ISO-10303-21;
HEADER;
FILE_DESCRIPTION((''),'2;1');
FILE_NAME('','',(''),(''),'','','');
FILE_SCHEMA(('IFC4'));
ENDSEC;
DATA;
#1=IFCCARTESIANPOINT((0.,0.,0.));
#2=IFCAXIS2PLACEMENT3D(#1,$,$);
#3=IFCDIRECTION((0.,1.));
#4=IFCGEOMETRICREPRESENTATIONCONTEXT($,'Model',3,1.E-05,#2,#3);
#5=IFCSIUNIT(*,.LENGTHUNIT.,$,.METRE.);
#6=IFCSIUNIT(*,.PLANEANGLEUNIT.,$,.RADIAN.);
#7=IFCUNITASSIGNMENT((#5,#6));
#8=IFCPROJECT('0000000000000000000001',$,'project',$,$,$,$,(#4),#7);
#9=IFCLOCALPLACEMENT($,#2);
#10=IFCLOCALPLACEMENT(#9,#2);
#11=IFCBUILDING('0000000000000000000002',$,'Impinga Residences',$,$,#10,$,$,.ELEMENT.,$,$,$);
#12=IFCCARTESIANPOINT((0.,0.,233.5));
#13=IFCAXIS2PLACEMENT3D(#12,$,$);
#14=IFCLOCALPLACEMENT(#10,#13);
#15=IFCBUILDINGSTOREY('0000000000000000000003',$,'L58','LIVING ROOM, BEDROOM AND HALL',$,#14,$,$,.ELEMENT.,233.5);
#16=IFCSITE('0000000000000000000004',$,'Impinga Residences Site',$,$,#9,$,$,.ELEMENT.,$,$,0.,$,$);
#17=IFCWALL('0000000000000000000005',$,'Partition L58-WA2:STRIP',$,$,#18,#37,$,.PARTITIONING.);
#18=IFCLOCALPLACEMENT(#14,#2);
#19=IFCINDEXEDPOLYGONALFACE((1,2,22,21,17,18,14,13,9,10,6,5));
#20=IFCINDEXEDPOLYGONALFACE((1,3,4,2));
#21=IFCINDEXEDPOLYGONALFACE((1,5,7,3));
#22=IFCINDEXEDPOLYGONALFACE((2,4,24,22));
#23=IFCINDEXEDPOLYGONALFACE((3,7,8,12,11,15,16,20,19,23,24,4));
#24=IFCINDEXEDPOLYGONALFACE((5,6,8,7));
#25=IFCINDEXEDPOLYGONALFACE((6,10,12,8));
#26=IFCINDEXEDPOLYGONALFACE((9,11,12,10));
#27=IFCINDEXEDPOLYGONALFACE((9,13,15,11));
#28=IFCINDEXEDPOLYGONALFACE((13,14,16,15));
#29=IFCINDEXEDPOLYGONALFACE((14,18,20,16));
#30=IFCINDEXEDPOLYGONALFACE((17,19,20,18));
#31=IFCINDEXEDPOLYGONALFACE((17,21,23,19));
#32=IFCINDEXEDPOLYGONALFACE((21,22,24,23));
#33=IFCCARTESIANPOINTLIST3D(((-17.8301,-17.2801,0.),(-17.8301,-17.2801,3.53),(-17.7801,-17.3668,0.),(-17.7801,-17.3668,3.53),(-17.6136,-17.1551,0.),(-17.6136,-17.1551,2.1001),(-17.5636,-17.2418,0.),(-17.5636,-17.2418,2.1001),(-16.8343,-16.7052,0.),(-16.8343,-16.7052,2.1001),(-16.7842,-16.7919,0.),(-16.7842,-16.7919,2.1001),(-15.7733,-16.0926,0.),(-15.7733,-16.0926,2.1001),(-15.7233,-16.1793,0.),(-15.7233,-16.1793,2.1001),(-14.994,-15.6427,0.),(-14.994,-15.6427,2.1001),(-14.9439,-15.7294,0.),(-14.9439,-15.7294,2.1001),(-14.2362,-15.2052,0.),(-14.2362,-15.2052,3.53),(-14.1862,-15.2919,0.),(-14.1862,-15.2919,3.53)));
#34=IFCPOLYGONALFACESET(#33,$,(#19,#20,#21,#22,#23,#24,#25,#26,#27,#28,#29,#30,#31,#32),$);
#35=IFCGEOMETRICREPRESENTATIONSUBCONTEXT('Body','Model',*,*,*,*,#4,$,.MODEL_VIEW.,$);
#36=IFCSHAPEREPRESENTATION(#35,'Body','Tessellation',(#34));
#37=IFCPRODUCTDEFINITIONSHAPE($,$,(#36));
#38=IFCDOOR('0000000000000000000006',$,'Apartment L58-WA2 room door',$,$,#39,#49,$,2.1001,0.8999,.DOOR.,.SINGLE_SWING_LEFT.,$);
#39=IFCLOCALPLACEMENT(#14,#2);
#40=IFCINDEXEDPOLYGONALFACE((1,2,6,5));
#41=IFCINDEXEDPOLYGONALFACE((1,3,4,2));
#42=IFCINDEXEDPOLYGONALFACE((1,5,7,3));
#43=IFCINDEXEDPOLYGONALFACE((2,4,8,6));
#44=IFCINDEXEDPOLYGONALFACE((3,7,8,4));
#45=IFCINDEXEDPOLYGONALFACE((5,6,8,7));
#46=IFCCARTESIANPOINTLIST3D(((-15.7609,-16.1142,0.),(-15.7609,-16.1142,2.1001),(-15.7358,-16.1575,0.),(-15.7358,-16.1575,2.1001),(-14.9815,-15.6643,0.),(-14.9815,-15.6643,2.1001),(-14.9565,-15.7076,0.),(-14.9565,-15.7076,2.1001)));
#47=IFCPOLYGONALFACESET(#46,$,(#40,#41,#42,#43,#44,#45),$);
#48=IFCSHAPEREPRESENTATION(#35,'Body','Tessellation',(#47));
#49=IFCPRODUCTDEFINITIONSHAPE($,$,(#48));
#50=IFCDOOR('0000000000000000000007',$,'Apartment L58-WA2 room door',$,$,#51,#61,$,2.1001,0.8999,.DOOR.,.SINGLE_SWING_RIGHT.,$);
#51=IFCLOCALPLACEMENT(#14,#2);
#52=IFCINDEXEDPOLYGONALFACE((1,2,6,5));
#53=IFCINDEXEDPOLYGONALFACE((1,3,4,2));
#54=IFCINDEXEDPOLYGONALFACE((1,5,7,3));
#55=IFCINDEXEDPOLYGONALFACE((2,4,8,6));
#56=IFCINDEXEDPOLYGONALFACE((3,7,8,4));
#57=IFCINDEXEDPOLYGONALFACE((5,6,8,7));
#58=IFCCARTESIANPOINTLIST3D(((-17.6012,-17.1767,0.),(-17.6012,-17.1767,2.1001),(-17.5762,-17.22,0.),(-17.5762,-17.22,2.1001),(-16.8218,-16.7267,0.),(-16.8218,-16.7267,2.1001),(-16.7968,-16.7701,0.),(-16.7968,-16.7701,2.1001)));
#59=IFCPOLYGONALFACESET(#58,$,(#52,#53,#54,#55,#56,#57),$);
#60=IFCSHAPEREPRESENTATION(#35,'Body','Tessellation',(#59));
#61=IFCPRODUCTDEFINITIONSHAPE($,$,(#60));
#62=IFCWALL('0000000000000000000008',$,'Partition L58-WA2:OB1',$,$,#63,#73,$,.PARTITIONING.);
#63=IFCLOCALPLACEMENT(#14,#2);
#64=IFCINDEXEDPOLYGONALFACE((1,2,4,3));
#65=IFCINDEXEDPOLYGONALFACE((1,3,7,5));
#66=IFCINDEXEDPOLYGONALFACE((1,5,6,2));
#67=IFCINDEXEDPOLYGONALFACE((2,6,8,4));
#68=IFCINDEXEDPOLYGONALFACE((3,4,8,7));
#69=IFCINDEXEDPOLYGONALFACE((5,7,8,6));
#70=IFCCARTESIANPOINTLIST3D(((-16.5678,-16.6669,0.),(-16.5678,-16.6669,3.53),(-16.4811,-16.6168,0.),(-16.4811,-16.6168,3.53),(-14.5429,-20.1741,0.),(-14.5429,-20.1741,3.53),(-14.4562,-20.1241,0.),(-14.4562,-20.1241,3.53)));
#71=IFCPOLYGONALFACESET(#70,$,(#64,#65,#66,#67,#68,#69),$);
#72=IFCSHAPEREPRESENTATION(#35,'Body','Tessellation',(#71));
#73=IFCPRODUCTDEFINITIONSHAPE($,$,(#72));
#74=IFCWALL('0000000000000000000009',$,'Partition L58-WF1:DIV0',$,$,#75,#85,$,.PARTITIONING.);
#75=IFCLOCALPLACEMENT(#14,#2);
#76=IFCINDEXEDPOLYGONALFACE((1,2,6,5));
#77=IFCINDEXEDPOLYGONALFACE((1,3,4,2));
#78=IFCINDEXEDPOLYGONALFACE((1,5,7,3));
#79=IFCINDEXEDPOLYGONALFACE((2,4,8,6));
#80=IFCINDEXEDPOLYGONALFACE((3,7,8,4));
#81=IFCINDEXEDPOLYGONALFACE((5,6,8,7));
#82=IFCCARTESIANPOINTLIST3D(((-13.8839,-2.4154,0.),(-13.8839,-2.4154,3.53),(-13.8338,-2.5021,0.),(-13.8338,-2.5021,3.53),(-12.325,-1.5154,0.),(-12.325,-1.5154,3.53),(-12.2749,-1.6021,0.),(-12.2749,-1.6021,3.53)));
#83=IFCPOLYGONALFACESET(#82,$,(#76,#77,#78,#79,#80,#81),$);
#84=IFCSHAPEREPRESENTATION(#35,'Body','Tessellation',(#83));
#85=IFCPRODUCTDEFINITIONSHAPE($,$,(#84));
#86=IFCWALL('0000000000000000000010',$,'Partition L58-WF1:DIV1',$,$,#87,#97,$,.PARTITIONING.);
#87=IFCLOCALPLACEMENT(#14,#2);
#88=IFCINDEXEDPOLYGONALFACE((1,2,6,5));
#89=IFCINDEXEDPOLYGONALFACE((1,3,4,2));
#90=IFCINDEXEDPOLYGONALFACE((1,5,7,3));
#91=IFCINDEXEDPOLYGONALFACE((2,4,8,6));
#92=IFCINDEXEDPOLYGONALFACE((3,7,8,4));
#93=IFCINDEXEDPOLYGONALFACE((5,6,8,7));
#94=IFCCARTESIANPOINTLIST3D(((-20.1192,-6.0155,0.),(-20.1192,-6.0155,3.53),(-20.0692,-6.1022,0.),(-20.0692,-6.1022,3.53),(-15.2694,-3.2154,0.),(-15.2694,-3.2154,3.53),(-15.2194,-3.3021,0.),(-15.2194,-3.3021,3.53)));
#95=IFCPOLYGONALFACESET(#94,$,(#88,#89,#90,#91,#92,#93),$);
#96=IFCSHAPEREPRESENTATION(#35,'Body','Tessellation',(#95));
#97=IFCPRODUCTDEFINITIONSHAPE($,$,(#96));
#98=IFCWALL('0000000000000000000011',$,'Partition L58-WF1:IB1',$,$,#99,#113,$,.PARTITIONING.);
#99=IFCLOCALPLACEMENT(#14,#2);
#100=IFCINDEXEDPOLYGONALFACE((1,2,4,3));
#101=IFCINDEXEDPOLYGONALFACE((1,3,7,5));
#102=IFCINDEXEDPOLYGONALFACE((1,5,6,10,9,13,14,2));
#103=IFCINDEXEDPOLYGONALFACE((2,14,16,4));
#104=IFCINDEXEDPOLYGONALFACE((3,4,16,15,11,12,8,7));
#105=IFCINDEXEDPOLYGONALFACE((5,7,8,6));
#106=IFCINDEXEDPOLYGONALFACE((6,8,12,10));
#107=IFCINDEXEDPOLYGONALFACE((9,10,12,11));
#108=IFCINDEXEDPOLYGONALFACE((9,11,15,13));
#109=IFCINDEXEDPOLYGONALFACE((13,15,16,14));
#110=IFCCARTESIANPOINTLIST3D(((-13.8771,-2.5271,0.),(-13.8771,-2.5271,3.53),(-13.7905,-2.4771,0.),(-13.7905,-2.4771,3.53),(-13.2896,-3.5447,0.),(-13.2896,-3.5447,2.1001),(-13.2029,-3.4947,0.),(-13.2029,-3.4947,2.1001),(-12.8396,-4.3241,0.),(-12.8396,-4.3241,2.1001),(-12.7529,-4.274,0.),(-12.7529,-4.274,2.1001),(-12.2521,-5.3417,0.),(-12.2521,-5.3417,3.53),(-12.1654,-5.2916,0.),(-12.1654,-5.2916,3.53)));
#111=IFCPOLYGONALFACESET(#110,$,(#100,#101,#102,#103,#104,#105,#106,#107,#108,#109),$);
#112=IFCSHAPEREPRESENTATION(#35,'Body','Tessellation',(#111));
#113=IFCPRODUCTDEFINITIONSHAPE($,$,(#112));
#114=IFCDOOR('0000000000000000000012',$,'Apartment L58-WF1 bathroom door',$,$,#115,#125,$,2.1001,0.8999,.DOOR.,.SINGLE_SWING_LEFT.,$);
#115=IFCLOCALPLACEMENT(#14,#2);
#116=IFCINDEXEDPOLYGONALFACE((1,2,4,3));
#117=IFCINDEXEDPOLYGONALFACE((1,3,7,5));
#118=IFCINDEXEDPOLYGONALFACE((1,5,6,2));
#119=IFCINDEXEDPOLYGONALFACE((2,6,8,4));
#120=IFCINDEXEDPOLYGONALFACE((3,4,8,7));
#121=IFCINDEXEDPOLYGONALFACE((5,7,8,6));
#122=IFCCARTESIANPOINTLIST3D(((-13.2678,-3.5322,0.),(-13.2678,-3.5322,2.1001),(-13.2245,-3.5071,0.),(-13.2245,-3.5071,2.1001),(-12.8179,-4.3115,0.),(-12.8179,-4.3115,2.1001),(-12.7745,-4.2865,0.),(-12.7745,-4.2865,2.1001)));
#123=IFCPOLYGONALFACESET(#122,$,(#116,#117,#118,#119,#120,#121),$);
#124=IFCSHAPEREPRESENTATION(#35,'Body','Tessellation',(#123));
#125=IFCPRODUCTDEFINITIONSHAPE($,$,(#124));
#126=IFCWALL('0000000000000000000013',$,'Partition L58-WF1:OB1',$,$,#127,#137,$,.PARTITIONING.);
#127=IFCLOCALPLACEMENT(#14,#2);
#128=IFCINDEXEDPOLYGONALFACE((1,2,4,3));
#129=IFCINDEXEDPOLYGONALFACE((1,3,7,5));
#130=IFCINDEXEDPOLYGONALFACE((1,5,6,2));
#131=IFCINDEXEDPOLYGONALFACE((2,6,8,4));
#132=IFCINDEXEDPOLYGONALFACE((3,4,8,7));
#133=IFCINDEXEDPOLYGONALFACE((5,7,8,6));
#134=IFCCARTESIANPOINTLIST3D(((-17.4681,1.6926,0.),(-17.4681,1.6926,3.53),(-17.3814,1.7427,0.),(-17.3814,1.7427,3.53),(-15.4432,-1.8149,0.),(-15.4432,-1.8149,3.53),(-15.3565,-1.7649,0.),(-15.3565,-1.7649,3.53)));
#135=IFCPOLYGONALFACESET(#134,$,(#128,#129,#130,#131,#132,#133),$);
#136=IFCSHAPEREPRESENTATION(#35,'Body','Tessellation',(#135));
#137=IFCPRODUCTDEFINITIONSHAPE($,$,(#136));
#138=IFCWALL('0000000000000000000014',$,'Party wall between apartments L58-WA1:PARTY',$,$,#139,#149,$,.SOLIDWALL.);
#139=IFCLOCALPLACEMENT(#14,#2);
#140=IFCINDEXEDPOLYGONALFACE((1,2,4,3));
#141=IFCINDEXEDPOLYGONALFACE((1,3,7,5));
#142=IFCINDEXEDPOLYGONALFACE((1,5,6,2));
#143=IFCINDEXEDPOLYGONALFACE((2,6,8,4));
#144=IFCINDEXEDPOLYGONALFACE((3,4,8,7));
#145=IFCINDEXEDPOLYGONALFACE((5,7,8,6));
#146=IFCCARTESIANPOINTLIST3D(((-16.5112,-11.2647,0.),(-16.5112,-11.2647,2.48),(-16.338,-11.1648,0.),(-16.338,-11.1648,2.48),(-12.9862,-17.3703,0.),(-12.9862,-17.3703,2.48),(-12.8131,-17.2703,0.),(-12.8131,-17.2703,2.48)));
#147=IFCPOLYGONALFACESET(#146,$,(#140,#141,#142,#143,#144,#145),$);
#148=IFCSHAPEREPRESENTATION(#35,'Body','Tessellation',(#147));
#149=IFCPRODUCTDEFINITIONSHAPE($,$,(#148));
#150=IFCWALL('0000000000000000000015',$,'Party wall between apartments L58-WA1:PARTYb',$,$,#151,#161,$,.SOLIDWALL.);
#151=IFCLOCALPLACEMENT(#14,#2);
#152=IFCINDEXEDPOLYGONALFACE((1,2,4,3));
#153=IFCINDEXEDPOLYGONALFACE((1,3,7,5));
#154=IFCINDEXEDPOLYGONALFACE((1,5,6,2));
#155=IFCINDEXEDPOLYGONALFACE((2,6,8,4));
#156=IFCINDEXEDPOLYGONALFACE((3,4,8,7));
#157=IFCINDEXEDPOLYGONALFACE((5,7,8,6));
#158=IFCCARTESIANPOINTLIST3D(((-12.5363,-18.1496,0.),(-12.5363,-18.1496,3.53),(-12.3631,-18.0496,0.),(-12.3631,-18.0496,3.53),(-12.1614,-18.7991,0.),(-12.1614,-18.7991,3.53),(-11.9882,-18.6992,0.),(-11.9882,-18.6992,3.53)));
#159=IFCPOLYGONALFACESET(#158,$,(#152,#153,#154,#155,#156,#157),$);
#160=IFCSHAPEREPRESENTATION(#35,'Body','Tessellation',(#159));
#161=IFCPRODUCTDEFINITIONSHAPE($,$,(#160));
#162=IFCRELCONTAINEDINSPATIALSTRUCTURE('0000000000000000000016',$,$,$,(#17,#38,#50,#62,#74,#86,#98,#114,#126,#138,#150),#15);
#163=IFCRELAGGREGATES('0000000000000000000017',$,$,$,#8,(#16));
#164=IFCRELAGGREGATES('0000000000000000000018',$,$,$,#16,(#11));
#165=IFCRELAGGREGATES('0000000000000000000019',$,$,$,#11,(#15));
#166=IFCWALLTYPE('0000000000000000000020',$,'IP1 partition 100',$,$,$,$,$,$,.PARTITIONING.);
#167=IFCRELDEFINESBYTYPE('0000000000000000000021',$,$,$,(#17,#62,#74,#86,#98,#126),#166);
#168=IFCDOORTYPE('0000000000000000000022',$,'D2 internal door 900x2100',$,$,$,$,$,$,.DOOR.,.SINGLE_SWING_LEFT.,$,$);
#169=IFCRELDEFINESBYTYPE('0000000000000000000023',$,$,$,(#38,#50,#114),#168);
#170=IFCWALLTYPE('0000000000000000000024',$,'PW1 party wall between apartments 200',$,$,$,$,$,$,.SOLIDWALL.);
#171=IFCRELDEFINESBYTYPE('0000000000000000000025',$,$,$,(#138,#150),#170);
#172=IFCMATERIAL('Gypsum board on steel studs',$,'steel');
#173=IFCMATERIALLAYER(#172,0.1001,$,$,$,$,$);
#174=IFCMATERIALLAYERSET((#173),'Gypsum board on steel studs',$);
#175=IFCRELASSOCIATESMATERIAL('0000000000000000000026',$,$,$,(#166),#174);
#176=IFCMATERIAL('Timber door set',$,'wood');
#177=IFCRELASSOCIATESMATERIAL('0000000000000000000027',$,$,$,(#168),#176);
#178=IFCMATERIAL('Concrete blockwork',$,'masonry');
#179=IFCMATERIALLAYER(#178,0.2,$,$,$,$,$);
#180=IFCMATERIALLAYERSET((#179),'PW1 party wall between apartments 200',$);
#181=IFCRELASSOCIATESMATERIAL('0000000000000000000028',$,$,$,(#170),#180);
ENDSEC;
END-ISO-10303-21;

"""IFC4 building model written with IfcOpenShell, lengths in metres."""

from ifc_helpers import new_model, si_unit, direction, frame, frame_2d, origin, place, context, subcontext, project, spatial, rectangle, extrude, material, layer, layer_set, type_object, element, fill, save


model = new_model("IFC4")

# Units and contexts
model_context = context("Model", 3, precision=1e-05, world=origin(), true_north=direction((0.0, 1.0)))
body_context = subcontext(model_context, "Body", "Model", "MODEL_VIEW")
ifc_project = project(units=[si_unit("LENGTHUNIT", "METRE"), si_unit("PLANEANGLEUNIT", "RADIAN")], contexts=[model_context])

# Site, building, storey
site_placement = place(None, origin())
site = spatial("IfcSite", under=ifc_project, at=site_placement, Name="Impinga Residences Site", CompositionType="ELEMENT", RefElevation=0.0)
building_placement = place(site_placement, origin())
building = spatial("IfcBuilding", under=site, at=building_placement, Name="Impinga Residences", CompositionType="ELEMENT")
storey_placement = place(building_placement, frame((0.0, 0.0, 233.5)))
storey = spatial("IfcBuildingStorey", under=building, at=storey_placement, Name="L58", Description="LIVING ROOM, BEDROOM AND HALL", CompositionType="ELEMENT", Elevation=233.5)

# Shared definitions
ifc_material_1 = material(Name="Gypsum board on steel studs", Category="steel")
ifc_layer_1 = layer(ifc_material_1, 0.1001)
ifc_layer_set_1 = layer_set([ifc_layer_1], Name="Gypsum board on steel studs")
wall_type_1 = type_object("IfcWallType", Name="IP1 partition 100", PredefinedType="PARTITIONING", material=ifc_layer_set_1)

# Shared definitions
ifc_material_2 = material(Name="Timber door set", Category="wood")
door_type = type_object("IfcDoorType", Name="D2 internal door 900x2100", OperationType="SINGLE_SWING_LEFT", PredefinedType="DOOR", material=ifc_material_2)

# Wall, openings, doors
wall_1_placement = place(storey_placement, frame((-14.2112, -15.2485, 0.0), z_axis=(0.0, 0.0, 1.0), x_axis=(-0.86603, -0.499992, 0.0)))
wall_1 = element("IfcWall", 1, at=wall_1_placement, inside=storey, type_object=wall_type_1, Name="Partition L58-WA2:STRIP", PredefinedType="PARTITIONING", context=body_context, shape_type="SweptSolid", body=[
    extrude(rectangle(XDim=4.1499, YDim=0.1001, at=frame_2d((2.075, 0.0))), origin(), (0.0, 0.0, 1.0), 3.53),
])
opening_1_placement = place(wall_1_placement, frame((0.875, 0.0, 0.0)))
opening_1 = element("IfcOpeningElement", 2, at=opening_1_placement, cuts=wall_1, PredefinedType="OPENING", context=body_context, shape_type="SweptSolid", body=[
    extrude(rectangle(XDim=0.8999, YDim=2.1001, at=frame_2d((0.45, 1.05))), frame((0.0, 0.0601, 0.0), z_axis=(0.0, -1.0, 0.0), x_axis=(1.0, 0.0, 0.0)), (0.0, 0.0, 1.0), 0.1201),
])
opening_2_placement = place(wall_1_placement, frame((3.0, 0.0, 0.0)))
opening_2 = element("IfcOpeningElement", 3, at=opening_2_placement, cuts=wall_1, PredefinedType="OPENING", context=body_context, shape_type="SweptSolid", body=[
    extrude(rectangle(XDim=0.8999, YDim=2.1001, at=frame_2d((0.45, 1.05))), frame((0.0, 0.0601, 0.0), z_axis=(0.0, -1.0, 0.0), x_axis=(1.0, 0.0, 0.0)), (0.0, 0.0, 1.0), 0.1201),
])
door_1_placement = place(opening_1_placement, origin())
door_1 = element("IfcDoor", 4, at=door_1_placement, inside=storey, type_object=door_type, Name="Apartment L58-WA2 room door", OperationType="SINGLE_SWING_LEFT", OverallHeight=2.1001, OverallWidth=0.8999, PredefinedType="DOOR", context=body_context, shape_type="SweptSolid", body=[
    extrude(rectangle(XDim=0.8999, YDim=2.1001, at=frame_2d((0.45, 1.05))), frame((0.0, 0.0249, 0.0), z_axis=(0.0, -1.0, 0.0), x_axis=(1.0, 0.0, 0.0)), (0.0, 0.0, 1.0), 0.05),
])
fill(opening_1, door_1)
door_2_placement = place(opening_2_placement, origin())
door_2 = element("IfcDoor", 5, at=door_2_placement, inside=storey, type_object=door_type, Name="Apartment L58-WA2 room door", OperationType="SINGLE_SWING_RIGHT", OverallHeight=2.1001, OverallWidth=0.8999, PredefinedType="DOOR", context=body_context, shape_type="SweptSolid", body=[
    extrude(rectangle(XDim=0.8999, YDim=2.1001, at=frame_2d((0.45, 1.05))), frame((0.0, 0.0249, 0.0), z_axis=(0.0, -1.0, 0.0), x_axis=(1.0, 0.0, 0.0)), (0.0, 0.0, 1.0), 0.05),
])
fill(opening_2, door_2)

# Walls
wall_2_placement = place(storey_placement, frame((-16.5244, -16.6418, 0.0), z_axis=(0.0, 0.0, 1.0), x_axis=(0.49999, -0.866031, 0.0)))
element("IfcWall", 6, at=wall_2_placement, inside=storey, type_object=wall_type_1, Name="Partition L58-WA2:OB1", PredefinedType="PARTITIONING", context=body_context, shape_type="SweptSolid", body=[
    extrude(rectangle(XDim=4.0498, YDim=0.1001, at=frame_2d((2.0249, 0.0))), origin(), (0.0, 0.0, 1.0), 3.53),
])
wall_3_placement = place(storey_placement, frame((-12.3, -1.5588, 0.0), z_axis=(0.0, 0.0, 1.0), x_axis=(-0.866048, -0.499961, 0.0)))
element("IfcWall", 7, at=wall_3_placement, inside=storey, type_object=wall_type_1, Name="Partition L58-WF1:DIV0", PredefinedType="PARTITIONING", context=body_context, shape_type="SweptSolid", body=[
    extrude(rectangle(XDim=1.8, YDim=0.1001, at=frame_2d((0.8999, 0.0))), origin(), (0.0, 0.0, 1.0), 3.53),
])
wall_4_placement = place(storey_placement, frame((-15.2444, -3.2588, 0.0), z_axis=(0.0, 0.0, 1.0), x_axis=(-0.866027, -0.499998, 0.0)))
element("IfcWall", 8, at=wall_4_placement, inside=storey, type_object=wall_type_1, Name="Partition L58-WF1:DIV1", PredefinedType="PARTITIONING", context=body_context, shape_type="SweptSolid", body=[
    extrude(rectangle(XDim=5.6001, YDim=0.1001, at=frame_2d((2.8, 0.0))), origin(), (0.0, 0.0, 1.0), 3.53),
])

# Wall, opening, door
wall_5_placement = place(storey_placement, frame((-12.2087, -5.3167, 0.0), z_axis=(0.0, 0.0, 1.0), x_axis=(-0.500017, 0.866015, 0.0)))
wall_5 = element("IfcWall", 9, at=wall_5_placement, inside=storey, type_object=wall_type_1, Name="Partition L58-WF1:IB1", PredefinedType="PARTITIONING", context=body_context, shape_type="SweptSolid", body=[
    extrude(rectangle(XDim=3.25, YDim=0.1001, at=frame_2d((1.625, 0.0))), origin(), (0.0, 0.0, 1.0), 3.53),
])
opening_3_placement = place(wall_5_placement, frame((1.175, 0.0, 0.0)))
opening_3 = element("IfcOpeningElement", 10, at=opening_3_placement, cuts=wall_5, PredefinedType="OPENING", context=body_context, shape_type="SweptSolid", body=[
    extrude(rectangle(XDim=0.8999, YDim=2.1001, at=frame_2d((0.45, 1.05))), frame((0.0, 0.0601, 0.0), z_axis=(0.0, -1.0, 0.0), x_axis=(1.0, 0.0, 0.0)), (0.0, 0.0, 1.0), 0.1201),
])
door_3_placement = place(opening_3_placement, origin())
door_3 = element("IfcDoor", 11, at=door_3_placement, inside=storey, type_object=door_type, Name="Apartment L58-WF1 bathroom door", OperationType="SINGLE_SWING_LEFT", OverallHeight=2.1001, OverallWidth=0.8999, PredefinedType="DOOR", context=body_context, shape_type="SweptSolid", body=[
    extrude(rectangle(XDim=0.8999, YDim=2.1001, at=frame_2d((0.45, 1.05))), frame((0.0, 0.0249, 0.0), z_axis=(0.0, -1.0, 0.0), x_axis=(1.0, 0.0, 0.0)), (0.0, 0.0, 1.0), 0.05),
])
fill(opening_3, door_3)

# Walls
wall_6_placement = place(storey_placement, frame((-15.3999, -1.7898, 0.0), z_axis=(0.0, 0.0, 1.0), x_axis=(-0.499964, 0.866046, 0.0)))
element("IfcWall", 12, at=wall_6_placement, inside=storey, type_object=wall_type_1, Name="Partition L58-WF1:OB1", PredefinedType="PARTITIONING", context=body_context, shape_type="SweptSolid", body=[
    extrude(rectangle(XDim=4.05, YDim=0.1001, at=frame_2d((2.0249, 0.0))), origin(), (0.0, 0.0, 1.0), 3.53),
])
ifc_material_3 = material(Name="Concrete blockwork", Category="masonry")
ifc_layer_2 = layer(ifc_material_3, 0.2)
ifc_layer_set_2 = layer_set([ifc_layer_2], Name="PW1 party wall between apartments 200")
wall_type_2 = type_object("IfcWallType", Name="PW1 party wall between apartments 200", PredefinedType="SOLIDWALL", material=ifc_layer_set_2)
wall_7_placement = place(storey_placement, frame((-16.4246, -11.2148, 0.0), z_axis=(0.0, 0.0, 1.0), x_axis=(0.49999, -0.866031, 0.0)))
element("IfcWall", 13, at=wall_7_placement, inside=storey, type_object=wall_type_2, Name="Party wall between apartments L58-WA1:PARTY", PredefinedType="SOLIDWALL", context=body_context, shape_type="SweptSolid", body=[
    extrude(rectangle(XDim=7.05, YDim=0.2, at=frame_2d((3.5249, 0.0))), origin(), (0.0, 0.0, 1.0), 2.48),
])
wall_8_placement = place(storey_placement, frame((-12.4497, -18.0996, 0.0), z_axis=(0.0, 0.0, 1.0), x_axis=(0.49992, -0.866072, 0.0)))
element("IfcWall", 14, at=wall_8_placement, inside=storey, type_object=wall_type_2, Name="Party wall between apartments L58-WA1:PARTYb", PredefinedType="SOLIDWALL", context=body_context, shape_type="SweptSolid", body=[
    extrude(rectangle(XDim=0.75, YDim=0.2, at=frame_2d((0.375, 0.0))), origin(), (0.0, 0.0, 1.0), 3.53),
])

save(model, "model.ifc")
